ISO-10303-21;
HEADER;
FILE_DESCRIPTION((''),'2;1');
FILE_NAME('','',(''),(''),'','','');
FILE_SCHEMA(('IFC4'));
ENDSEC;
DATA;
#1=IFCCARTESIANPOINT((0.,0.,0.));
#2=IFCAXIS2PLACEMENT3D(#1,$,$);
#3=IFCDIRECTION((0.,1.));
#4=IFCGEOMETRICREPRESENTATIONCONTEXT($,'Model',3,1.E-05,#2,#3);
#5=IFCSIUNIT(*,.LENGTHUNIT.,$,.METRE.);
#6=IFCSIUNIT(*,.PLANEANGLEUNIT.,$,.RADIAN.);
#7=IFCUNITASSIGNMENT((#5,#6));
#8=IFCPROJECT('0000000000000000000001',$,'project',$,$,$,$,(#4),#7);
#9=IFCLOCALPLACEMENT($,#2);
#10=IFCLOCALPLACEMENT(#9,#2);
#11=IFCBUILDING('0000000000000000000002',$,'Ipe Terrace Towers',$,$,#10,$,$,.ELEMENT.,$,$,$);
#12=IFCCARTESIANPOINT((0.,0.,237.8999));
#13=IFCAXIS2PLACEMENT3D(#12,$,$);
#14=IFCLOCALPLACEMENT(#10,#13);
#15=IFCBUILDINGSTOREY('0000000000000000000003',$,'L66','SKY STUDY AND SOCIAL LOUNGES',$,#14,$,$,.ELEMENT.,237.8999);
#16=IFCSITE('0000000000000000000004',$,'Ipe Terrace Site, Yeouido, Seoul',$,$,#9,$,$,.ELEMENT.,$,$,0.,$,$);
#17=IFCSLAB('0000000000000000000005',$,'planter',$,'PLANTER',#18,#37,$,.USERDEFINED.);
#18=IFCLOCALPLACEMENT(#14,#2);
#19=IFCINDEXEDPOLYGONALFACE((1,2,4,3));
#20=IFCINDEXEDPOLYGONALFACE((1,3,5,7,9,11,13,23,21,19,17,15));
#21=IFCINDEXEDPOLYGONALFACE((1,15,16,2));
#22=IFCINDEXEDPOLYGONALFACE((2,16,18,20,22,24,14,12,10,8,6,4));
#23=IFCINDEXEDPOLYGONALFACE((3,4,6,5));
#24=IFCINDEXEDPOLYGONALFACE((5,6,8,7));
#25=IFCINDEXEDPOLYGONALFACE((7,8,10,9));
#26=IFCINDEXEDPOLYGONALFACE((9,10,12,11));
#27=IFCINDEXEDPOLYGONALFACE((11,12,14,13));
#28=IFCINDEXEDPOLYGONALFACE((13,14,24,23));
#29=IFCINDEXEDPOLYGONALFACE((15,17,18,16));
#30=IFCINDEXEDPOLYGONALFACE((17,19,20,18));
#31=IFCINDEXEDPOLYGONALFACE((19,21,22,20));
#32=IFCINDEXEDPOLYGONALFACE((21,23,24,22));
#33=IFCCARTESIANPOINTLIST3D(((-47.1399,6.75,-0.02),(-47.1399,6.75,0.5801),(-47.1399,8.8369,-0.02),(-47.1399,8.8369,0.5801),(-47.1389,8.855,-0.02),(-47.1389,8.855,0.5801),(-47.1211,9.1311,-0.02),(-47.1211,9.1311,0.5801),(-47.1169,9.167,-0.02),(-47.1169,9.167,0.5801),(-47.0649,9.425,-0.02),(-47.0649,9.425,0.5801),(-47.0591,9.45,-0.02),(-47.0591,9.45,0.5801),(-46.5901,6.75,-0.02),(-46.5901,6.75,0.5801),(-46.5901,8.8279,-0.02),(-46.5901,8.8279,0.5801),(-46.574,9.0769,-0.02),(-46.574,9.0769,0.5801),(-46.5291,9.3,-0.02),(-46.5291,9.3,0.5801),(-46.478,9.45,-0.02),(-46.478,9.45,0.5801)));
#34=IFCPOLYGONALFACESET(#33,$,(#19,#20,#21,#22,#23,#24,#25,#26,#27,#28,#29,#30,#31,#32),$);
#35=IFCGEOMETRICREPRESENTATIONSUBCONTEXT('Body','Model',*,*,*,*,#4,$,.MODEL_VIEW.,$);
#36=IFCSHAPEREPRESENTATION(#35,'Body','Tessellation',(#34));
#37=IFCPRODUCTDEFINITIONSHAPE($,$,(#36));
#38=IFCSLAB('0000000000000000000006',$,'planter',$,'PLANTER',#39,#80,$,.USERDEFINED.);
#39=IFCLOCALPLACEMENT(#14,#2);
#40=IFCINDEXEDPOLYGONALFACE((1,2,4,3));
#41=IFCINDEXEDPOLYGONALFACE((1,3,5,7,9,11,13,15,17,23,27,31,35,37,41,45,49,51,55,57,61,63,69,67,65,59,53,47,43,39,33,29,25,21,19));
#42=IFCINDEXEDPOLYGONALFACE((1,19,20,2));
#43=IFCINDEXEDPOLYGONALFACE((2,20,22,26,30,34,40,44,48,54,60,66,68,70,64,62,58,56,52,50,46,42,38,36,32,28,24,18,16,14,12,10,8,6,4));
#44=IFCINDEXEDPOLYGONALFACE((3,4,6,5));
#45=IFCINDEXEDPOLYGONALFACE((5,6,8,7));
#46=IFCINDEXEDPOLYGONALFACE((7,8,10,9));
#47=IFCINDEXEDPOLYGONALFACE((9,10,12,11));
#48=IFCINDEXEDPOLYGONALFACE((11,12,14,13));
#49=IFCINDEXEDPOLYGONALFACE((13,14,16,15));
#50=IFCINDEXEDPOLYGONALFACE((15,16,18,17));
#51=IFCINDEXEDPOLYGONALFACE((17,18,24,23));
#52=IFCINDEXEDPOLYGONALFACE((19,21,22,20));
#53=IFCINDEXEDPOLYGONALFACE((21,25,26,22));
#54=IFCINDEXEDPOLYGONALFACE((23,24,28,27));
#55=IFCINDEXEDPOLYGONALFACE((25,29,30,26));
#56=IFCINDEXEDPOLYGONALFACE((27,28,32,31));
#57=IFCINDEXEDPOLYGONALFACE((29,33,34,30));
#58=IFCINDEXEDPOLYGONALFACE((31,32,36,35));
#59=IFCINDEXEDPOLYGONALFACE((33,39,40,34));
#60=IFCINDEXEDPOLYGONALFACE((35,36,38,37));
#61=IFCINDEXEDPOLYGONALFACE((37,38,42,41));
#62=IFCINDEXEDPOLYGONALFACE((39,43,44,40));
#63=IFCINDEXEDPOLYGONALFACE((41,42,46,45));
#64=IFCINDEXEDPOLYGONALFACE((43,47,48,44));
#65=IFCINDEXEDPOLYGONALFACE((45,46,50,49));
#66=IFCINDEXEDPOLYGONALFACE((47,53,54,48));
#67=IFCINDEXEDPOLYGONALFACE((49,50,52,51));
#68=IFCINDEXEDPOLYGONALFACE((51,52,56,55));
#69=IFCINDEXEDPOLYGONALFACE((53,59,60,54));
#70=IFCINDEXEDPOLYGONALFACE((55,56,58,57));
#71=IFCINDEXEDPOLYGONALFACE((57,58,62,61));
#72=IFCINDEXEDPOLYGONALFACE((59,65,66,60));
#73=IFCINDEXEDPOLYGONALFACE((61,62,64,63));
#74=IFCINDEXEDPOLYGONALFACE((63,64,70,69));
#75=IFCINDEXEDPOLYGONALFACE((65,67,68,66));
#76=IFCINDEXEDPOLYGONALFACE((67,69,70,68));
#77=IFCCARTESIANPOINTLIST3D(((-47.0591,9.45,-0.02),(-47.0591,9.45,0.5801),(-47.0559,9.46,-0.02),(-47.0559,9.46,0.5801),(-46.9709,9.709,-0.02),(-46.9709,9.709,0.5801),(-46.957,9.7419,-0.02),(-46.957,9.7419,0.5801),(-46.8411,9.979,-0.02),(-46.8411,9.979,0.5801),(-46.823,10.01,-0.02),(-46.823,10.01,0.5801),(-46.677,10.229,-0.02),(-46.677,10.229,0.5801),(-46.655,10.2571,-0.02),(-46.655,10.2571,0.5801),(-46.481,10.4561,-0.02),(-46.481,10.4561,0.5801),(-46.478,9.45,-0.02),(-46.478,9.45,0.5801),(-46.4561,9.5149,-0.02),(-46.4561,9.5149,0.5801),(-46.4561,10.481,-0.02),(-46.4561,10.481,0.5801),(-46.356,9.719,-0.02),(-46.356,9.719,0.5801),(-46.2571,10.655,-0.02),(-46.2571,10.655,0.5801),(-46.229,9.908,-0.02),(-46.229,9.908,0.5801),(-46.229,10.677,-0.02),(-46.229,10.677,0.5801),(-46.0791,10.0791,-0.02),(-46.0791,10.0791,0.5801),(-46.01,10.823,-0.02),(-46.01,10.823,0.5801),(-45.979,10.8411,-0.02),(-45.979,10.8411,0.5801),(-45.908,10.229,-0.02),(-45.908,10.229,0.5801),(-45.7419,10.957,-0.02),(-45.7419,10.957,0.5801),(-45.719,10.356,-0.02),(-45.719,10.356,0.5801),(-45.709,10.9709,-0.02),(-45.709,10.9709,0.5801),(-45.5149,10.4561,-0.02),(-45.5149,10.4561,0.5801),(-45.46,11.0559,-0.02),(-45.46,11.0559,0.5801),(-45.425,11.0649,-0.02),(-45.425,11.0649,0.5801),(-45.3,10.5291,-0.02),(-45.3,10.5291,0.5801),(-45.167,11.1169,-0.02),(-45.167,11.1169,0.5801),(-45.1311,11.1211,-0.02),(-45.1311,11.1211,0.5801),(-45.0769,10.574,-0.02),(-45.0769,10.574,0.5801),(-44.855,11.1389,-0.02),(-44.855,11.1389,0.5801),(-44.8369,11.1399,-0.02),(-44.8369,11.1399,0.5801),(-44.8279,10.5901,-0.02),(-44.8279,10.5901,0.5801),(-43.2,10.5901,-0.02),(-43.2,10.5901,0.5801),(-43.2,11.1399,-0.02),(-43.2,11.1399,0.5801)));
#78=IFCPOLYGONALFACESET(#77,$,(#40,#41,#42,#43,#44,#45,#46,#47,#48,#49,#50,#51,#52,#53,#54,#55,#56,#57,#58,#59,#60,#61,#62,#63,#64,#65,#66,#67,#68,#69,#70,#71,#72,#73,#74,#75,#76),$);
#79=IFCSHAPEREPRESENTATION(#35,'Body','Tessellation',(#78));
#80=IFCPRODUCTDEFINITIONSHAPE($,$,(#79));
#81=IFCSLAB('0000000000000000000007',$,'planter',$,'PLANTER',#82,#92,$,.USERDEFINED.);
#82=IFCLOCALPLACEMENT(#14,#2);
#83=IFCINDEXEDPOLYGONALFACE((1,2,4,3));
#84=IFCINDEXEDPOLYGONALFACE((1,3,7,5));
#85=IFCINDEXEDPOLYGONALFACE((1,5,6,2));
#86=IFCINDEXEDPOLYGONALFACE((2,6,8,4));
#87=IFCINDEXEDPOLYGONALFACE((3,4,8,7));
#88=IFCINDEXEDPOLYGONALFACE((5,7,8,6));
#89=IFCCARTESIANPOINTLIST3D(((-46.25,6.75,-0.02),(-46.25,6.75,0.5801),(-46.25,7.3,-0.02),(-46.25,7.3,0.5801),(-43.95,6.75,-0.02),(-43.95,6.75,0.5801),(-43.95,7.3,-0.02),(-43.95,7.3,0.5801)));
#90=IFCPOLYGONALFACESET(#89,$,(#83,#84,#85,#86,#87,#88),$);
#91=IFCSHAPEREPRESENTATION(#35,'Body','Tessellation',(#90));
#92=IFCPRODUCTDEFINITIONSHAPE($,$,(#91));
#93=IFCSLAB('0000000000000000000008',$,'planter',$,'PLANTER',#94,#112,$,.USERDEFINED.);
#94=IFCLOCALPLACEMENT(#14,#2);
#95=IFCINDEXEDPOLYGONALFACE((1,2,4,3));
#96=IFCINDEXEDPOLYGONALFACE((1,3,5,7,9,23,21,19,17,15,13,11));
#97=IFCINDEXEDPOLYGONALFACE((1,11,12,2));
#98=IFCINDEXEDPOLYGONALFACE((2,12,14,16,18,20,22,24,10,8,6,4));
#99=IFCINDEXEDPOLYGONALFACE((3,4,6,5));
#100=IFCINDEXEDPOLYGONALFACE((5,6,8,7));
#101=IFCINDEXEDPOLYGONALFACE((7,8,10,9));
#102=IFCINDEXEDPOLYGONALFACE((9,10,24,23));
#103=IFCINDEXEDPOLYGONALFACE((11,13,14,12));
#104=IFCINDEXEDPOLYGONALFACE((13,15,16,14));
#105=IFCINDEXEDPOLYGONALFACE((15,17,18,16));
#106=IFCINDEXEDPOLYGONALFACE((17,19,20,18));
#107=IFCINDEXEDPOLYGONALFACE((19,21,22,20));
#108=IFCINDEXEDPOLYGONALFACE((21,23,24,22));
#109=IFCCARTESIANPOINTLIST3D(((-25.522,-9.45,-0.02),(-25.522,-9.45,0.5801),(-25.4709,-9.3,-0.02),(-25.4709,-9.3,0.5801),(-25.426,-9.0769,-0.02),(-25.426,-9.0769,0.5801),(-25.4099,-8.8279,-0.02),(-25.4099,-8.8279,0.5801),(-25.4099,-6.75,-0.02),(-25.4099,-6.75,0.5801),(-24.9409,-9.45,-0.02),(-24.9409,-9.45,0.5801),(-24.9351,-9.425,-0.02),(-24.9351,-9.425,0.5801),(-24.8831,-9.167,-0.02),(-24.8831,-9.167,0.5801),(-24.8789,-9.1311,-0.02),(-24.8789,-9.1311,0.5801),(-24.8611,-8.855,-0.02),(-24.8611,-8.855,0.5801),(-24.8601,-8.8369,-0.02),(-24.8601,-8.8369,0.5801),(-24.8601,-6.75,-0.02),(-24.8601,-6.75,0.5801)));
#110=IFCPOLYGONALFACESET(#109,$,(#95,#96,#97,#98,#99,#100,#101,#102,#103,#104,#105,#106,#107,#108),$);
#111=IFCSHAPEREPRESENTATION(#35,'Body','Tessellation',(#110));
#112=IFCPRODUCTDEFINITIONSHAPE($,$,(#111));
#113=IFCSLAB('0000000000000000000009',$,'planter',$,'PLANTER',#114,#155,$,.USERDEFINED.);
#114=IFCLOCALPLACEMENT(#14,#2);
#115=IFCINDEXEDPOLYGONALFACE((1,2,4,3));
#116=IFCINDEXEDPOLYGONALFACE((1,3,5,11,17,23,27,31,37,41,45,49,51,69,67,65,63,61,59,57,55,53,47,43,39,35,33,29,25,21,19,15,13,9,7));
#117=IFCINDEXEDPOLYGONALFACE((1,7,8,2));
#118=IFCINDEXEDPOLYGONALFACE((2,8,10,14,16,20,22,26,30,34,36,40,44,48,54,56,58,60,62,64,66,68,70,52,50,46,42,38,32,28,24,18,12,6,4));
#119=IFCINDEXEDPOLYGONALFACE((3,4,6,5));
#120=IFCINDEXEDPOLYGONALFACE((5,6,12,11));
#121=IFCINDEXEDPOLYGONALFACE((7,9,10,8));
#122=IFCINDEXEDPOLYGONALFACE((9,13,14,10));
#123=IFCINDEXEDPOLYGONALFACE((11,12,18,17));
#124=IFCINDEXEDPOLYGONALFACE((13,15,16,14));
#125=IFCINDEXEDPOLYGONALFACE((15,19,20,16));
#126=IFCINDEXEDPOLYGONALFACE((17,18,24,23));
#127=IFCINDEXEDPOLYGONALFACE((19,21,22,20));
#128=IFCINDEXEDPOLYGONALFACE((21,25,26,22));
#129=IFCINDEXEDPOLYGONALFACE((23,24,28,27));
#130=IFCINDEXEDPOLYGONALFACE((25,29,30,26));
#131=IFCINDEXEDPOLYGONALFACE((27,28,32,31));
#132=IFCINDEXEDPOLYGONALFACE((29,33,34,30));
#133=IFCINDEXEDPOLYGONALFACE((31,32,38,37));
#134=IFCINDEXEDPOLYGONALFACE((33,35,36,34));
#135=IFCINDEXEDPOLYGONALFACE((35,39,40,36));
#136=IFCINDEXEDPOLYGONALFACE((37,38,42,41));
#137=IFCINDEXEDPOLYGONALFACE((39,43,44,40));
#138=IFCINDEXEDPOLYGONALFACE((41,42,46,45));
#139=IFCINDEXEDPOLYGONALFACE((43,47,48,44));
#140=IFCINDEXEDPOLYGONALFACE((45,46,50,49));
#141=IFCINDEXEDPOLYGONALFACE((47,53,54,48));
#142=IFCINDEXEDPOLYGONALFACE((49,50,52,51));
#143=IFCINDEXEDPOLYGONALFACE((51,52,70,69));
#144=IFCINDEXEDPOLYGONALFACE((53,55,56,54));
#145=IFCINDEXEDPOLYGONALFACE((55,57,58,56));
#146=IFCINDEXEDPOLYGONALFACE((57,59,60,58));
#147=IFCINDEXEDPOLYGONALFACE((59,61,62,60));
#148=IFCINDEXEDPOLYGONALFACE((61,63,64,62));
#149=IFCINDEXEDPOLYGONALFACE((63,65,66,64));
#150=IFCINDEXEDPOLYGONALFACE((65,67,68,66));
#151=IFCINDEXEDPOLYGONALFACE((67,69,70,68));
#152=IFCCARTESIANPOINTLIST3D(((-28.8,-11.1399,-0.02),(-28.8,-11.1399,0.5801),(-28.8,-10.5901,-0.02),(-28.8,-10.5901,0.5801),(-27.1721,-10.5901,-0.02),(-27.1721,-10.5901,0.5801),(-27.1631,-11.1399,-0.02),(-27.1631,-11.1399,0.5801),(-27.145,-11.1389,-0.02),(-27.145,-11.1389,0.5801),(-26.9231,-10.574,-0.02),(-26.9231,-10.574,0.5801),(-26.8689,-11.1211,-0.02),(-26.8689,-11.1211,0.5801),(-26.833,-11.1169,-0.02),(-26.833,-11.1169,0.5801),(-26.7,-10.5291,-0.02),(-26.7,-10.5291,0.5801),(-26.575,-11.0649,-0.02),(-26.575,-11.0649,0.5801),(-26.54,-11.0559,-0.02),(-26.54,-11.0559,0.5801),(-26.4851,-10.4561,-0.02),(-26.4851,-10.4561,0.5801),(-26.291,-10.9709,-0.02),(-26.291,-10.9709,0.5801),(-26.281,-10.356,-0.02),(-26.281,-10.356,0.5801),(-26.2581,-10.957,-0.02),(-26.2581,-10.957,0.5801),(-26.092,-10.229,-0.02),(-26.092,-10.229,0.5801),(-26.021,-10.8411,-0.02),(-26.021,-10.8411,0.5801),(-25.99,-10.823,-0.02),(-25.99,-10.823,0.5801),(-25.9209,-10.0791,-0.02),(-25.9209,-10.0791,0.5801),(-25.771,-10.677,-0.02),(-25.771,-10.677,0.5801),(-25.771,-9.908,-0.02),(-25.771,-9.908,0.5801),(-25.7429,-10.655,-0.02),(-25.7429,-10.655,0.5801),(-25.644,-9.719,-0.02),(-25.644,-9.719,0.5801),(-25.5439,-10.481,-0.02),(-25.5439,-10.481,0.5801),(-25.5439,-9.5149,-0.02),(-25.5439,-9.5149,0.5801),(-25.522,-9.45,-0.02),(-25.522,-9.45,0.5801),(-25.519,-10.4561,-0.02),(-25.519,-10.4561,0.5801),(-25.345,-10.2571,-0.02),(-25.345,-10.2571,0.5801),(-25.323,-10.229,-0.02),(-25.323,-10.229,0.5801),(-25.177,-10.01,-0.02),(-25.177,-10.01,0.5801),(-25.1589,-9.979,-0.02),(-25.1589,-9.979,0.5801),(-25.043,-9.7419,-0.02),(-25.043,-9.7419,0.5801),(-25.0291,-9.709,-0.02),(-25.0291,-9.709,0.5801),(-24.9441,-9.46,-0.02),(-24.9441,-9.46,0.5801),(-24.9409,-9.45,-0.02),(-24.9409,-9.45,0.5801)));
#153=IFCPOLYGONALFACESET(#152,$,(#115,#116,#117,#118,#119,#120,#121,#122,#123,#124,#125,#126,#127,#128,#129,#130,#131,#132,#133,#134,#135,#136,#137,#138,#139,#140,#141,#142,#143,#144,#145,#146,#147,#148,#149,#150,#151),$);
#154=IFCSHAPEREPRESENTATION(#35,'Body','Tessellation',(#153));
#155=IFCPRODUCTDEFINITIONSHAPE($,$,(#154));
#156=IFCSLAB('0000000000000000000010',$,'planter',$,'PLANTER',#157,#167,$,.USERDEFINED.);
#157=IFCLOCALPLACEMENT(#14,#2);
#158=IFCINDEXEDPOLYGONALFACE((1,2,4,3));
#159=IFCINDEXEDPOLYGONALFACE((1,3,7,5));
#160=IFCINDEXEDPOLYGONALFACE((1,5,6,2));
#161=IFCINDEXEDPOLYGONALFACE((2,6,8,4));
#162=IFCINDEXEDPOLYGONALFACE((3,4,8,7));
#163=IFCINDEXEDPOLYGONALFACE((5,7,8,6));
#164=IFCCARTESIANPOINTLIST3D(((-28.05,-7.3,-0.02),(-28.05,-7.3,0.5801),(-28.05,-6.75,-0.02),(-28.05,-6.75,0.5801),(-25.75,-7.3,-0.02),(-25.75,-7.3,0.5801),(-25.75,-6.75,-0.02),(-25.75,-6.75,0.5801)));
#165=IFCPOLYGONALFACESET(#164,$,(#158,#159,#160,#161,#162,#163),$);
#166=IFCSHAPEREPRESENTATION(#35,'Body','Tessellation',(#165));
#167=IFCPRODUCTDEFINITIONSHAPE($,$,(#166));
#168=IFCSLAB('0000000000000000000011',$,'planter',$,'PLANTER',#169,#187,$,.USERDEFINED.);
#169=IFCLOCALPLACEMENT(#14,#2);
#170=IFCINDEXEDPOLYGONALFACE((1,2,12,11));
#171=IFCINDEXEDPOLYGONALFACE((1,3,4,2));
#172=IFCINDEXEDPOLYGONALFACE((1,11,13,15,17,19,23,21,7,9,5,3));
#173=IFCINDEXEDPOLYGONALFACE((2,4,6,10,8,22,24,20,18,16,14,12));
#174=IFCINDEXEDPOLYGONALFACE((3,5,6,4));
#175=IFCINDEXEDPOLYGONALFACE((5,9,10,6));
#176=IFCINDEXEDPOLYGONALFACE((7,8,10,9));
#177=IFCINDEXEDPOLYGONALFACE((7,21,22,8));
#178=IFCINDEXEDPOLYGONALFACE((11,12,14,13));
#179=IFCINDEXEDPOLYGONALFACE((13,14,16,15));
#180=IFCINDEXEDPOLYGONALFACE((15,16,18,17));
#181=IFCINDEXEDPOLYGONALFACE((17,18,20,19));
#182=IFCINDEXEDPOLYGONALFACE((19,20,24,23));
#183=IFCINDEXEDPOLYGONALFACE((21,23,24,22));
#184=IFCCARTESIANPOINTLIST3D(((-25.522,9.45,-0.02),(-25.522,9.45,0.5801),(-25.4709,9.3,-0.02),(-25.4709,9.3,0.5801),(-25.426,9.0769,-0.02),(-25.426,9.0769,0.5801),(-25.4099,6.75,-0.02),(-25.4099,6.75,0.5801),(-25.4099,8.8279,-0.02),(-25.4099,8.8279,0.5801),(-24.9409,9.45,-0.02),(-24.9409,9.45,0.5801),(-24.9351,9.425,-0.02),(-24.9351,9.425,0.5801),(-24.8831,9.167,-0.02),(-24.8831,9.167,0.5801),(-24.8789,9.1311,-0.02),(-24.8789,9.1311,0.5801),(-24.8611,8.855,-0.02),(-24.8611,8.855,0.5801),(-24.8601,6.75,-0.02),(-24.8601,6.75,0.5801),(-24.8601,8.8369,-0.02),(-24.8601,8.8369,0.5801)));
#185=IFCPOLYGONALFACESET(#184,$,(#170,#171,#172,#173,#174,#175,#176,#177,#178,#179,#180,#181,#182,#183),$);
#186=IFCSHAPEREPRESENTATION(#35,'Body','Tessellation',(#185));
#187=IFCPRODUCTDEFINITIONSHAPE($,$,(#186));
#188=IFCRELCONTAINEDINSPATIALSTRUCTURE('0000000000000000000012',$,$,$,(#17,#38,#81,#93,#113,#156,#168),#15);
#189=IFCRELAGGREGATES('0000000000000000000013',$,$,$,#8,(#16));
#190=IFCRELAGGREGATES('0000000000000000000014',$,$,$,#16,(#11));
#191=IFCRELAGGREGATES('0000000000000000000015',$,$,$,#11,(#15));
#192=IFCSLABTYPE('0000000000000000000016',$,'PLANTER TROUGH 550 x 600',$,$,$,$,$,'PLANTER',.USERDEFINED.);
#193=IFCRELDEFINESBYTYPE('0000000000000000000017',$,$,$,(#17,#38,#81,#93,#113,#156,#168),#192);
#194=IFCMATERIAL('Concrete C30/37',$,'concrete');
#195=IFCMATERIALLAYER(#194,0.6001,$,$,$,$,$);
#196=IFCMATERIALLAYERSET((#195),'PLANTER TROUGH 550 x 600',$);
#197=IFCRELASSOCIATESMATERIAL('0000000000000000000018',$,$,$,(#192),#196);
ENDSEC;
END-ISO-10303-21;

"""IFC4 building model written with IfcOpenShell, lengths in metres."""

from ifc_helpers import new_model, si_unit, direction, frame, origin, place, context, subcontext, project, spatial, polyline, outline, extrude, material, layer, layer_set, type_object, element, save


model = new_model("IFC4")

# Units and contexts
model_context = context("Model", 3, precision=1e-05, world=origin(), true_north=direction((0.0, 1.0)))
body_context = subcontext(model_context, "Body", "Model", "MODEL_VIEW")
ifc_project = project(units=[si_unit("LENGTHUNIT", "METRE"), si_unit("PLANEANGLEUNIT", "RADIAN")], contexts=[model_context])

# Site, building, storey
site_placement = place(None, origin())
site = spatial("IfcSite", under=ifc_project, at=site_placement, Name="Ipe Terrace Site, Yeouido, Seoul", CompositionType="ELEMENT", RefElevation=0.0)
building_placement = place(site_placement, origin())
building = spatial("IfcBuilding", under=site, at=building_placement, Name="Ipe Terrace Towers", CompositionType="ELEMENT")
storey_placement = place(building_placement, frame((0.0, 0.0, 237.8999)))
storey = spatial("IfcBuildingStorey", under=building, at=storey_placement, Name="L66", Description="SKY STUDY AND SOCIAL LOUNGES", CompositionType="ELEMENT", Elevation=237.8999)

# Slabs
ifc_material_1 = material(Name="Concrete C30/37", Category="concrete")
ifc_layer_1 = layer(ifc_material_1, 0.6001)
ifc_layer_set_1 = layer_set([ifc_layer_1], Name="PLANTER TROUGH 550 x 600")
slab_type_1 = type_object("IfcSlabType", Name="PLANTER TROUGH 550 x 600", ElementType="PLANTER", PredefinedType="USERDEFINED", material=ifc_layer_set_1)
slab_1_placement = place(storey_placement, frame((0.0, 0.0, -0.02)))
element("IfcSlab", 1, at=slab_1_placement, inside=storey, type_object=slab_type_1, Name="planter", ObjectType="PLANTER", PredefinedType="USERDEFINED", context=body_context, shape_type="SweptSolid", body=[
    extrude(outline(polyline([(-46.5291, 9.3), (-46.478, 9.45), (-47.0591, 9.45), (-47.0649, 9.425), (-47.1169, 9.167), (-47.1211, 9.1311), (-47.1389, 8.855), (-47.1399, 8.8369), (-47.1399, 6.75), (-46.5901, 6.75), (-46.5901, 8.8279), (-46.574, 9.0769), (-46.5291, 9.3)])), origin(), (0.0, 0.0, 1.0), 0.6001),
])
slab_2_placement = place(storey_placement, frame((0.0, 0.0, -0.02)))
element("IfcSlab", 2, at=slab_2_placement, inside=storey, type_object=slab_type_1, Name="planter", ObjectType="PLANTER", PredefinedType="USERDEFINED", context=body_context, shape_type="SweptSolid", body=[
    extrude(outline(polyline([(-46.4561, 9.5149), (-46.356, 9.719), (-46.229, 9.908), (-46.0791, 10.0791), (-45.908, 10.229), (-45.719, 10.356), (-45.5149, 10.4561), (-45.3, 10.5291), (-45.0769, 10.574), (-44.8279, 10.5901), (-43.2, 10.5901), (-43.2, 11.1399), (-44.8369, 11.1399), (-44.855, 11.1389), (-45.1311, 11.1211), (-45.167, 11.1169), (-45.425, 11.0649), (-45.46, 11.0559), (-45.709, 10.9709), (-45.7419, 10.957), (-45.979, 10.8411), (-46.01, 10.823), (-46.229, 10.677), (-46.2571, 10.655), (-46.4561, 10.481), (-46.481, 10.4561), (-46.655, 10.2571), (-46.677, 10.229), (-46.823, 10.01), (-46.8411, 9.979), (-46.957, 9.7419), (-46.9709, 9.709), (-47.0559, 9.46), (-47.0591, 9.45), (-46.478, 9.45), (-46.4561, 9.5149)])), origin(), (0.0, 0.0, 1.0), 0.6001),
])
slab_3_placement = place(storey_placement, frame((0.0, 0.0, -0.02)))
element("IfcSlab", 3, at=slab_3_placement, inside=storey, type_object=slab_type_1, Name="planter", ObjectType="PLANTER", PredefinedType="USERDEFINED", context=body_context, shape_type="SweptSolid", body=[
    extrude(outline(polyline([(-43.95, 6.75), (-43.95, 7.3), (-46.25, 7.3), (-46.25, 6.75), (-43.95, 6.75)])), origin(), (0.0, 0.0, 1.0), 0.6001),
])
slab_4_placement = place(storey_placement, frame((0.0, 0.0, -0.02)))
element("IfcSlab", 4, at=slab_4_placement, inside=storey, type_object=slab_type_1, Name="planter", ObjectType="PLANTER", PredefinedType="USERDEFINED", context=body_context, shape_type="SweptSolid", body=[
    extrude(outline(polyline([(-25.4709, -9.3), (-25.522, -9.45), (-24.9409, -9.45), (-24.9351, -9.425), (-24.8831, -9.167), (-24.8789, -9.1311), (-24.8611, -8.855), (-24.8601, -8.8369), (-24.8601, -6.75), (-25.4099, -6.75), (-25.4099, -8.8279), (-25.426, -9.0769), (-25.4709, -9.3)])), origin(), (0.0, 0.0, 1.0), 0.6001),
])
slab_5_placement = place(storey_placement, frame((0.0, 0.0, -0.02)))
element("IfcSlab", 5, at=slab_5_placement, inside=storey, type_object=slab_type_1, Name="planter", ObjectType="PLANTER", PredefinedType="USERDEFINED", context=body_context, shape_type="SweptSolid", body=[
    extrude(outline(polyline([(-25.5439, -9.5149), (-25.644, -9.719), (-25.771, -9.908), (-25.9209, -10.0791), (-26.092, -10.229), (-26.281, -10.356), (-26.4851, -10.4561), (-26.7, -10.5291), (-26.9231, -10.574), (-27.1721, -10.5901), (-28.8, -10.5901), (-28.8, -11.1399), (-27.1631, -11.1399), (-27.145, -11.1389), (-26.8689, -11.1211), (-26.833, -11.1169), (-26.575, -11.0649), (-26.54, -11.0559), (-26.291, -10.9709), (-26.2581, -10.957), (-26.021, -10.8411), (-25.99, -10.823), (-25.771, -10.677), (-25.7429, -10.655), (-25.5439, -10.481), (-25.519, -10.4561), (-25.345, -10.2571), (-25.323, -10.229), (-25.177, -10.01), (-25.1589, -9.979), (-25.043, -9.7419), (-25.0291, -9.709), (-24.9441, -9.46), (-24.9409, -9.45), (-25.522, -9.45), (-25.5439, -9.5149)])), origin(), (0.0, 0.0, 1.0), 0.6001),
])
slab_6_placement = place(storey_placement, frame((0.0, 0.0, -0.02)))
element("IfcSlab", 6, at=slab_6_placement, inside=storey, type_object=slab_type_1, Name="planter", ObjectType="PLANTER", PredefinedType="USERDEFINED", context=body_context, shape_type="SweptSolid", body=[
    extrude(outline(polyline([(-28.05, -6.75), (-28.05, -7.3), (-25.75, -7.3), (-25.75, -6.75), (-28.05, -6.75)])), origin(), (0.0, 0.0, 1.0), 0.6001),
])
slab_7_placement = place(storey_placement, frame((0.0, 0.0, -0.02)))
element("IfcSlab", 7, at=slab_7_placement, inside=storey, type_object=slab_type_1, Name="planter", ObjectType="PLANTER", PredefinedType="USERDEFINED", context=body_context, shape_type="SweptSolid", body=[
    extrude(outline(polyline([(-25.4709, 9.3), (-25.426, 9.0769), (-25.4099, 8.8279), (-25.4099, 6.75), (-24.8601, 6.75), (-24.8601, 8.8369), (-24.8611, 8.855), (-24.8789, 9.1311), (-24.8831, 9.167), (-24.9351, 9.425), (-24.9409, 9.45), (-25.522, 9.45), (-25.4709, 9.3)])), origin(), (0.0, 0.0, 1.0), 0.6001),
])

save(model, "model.ifc")
